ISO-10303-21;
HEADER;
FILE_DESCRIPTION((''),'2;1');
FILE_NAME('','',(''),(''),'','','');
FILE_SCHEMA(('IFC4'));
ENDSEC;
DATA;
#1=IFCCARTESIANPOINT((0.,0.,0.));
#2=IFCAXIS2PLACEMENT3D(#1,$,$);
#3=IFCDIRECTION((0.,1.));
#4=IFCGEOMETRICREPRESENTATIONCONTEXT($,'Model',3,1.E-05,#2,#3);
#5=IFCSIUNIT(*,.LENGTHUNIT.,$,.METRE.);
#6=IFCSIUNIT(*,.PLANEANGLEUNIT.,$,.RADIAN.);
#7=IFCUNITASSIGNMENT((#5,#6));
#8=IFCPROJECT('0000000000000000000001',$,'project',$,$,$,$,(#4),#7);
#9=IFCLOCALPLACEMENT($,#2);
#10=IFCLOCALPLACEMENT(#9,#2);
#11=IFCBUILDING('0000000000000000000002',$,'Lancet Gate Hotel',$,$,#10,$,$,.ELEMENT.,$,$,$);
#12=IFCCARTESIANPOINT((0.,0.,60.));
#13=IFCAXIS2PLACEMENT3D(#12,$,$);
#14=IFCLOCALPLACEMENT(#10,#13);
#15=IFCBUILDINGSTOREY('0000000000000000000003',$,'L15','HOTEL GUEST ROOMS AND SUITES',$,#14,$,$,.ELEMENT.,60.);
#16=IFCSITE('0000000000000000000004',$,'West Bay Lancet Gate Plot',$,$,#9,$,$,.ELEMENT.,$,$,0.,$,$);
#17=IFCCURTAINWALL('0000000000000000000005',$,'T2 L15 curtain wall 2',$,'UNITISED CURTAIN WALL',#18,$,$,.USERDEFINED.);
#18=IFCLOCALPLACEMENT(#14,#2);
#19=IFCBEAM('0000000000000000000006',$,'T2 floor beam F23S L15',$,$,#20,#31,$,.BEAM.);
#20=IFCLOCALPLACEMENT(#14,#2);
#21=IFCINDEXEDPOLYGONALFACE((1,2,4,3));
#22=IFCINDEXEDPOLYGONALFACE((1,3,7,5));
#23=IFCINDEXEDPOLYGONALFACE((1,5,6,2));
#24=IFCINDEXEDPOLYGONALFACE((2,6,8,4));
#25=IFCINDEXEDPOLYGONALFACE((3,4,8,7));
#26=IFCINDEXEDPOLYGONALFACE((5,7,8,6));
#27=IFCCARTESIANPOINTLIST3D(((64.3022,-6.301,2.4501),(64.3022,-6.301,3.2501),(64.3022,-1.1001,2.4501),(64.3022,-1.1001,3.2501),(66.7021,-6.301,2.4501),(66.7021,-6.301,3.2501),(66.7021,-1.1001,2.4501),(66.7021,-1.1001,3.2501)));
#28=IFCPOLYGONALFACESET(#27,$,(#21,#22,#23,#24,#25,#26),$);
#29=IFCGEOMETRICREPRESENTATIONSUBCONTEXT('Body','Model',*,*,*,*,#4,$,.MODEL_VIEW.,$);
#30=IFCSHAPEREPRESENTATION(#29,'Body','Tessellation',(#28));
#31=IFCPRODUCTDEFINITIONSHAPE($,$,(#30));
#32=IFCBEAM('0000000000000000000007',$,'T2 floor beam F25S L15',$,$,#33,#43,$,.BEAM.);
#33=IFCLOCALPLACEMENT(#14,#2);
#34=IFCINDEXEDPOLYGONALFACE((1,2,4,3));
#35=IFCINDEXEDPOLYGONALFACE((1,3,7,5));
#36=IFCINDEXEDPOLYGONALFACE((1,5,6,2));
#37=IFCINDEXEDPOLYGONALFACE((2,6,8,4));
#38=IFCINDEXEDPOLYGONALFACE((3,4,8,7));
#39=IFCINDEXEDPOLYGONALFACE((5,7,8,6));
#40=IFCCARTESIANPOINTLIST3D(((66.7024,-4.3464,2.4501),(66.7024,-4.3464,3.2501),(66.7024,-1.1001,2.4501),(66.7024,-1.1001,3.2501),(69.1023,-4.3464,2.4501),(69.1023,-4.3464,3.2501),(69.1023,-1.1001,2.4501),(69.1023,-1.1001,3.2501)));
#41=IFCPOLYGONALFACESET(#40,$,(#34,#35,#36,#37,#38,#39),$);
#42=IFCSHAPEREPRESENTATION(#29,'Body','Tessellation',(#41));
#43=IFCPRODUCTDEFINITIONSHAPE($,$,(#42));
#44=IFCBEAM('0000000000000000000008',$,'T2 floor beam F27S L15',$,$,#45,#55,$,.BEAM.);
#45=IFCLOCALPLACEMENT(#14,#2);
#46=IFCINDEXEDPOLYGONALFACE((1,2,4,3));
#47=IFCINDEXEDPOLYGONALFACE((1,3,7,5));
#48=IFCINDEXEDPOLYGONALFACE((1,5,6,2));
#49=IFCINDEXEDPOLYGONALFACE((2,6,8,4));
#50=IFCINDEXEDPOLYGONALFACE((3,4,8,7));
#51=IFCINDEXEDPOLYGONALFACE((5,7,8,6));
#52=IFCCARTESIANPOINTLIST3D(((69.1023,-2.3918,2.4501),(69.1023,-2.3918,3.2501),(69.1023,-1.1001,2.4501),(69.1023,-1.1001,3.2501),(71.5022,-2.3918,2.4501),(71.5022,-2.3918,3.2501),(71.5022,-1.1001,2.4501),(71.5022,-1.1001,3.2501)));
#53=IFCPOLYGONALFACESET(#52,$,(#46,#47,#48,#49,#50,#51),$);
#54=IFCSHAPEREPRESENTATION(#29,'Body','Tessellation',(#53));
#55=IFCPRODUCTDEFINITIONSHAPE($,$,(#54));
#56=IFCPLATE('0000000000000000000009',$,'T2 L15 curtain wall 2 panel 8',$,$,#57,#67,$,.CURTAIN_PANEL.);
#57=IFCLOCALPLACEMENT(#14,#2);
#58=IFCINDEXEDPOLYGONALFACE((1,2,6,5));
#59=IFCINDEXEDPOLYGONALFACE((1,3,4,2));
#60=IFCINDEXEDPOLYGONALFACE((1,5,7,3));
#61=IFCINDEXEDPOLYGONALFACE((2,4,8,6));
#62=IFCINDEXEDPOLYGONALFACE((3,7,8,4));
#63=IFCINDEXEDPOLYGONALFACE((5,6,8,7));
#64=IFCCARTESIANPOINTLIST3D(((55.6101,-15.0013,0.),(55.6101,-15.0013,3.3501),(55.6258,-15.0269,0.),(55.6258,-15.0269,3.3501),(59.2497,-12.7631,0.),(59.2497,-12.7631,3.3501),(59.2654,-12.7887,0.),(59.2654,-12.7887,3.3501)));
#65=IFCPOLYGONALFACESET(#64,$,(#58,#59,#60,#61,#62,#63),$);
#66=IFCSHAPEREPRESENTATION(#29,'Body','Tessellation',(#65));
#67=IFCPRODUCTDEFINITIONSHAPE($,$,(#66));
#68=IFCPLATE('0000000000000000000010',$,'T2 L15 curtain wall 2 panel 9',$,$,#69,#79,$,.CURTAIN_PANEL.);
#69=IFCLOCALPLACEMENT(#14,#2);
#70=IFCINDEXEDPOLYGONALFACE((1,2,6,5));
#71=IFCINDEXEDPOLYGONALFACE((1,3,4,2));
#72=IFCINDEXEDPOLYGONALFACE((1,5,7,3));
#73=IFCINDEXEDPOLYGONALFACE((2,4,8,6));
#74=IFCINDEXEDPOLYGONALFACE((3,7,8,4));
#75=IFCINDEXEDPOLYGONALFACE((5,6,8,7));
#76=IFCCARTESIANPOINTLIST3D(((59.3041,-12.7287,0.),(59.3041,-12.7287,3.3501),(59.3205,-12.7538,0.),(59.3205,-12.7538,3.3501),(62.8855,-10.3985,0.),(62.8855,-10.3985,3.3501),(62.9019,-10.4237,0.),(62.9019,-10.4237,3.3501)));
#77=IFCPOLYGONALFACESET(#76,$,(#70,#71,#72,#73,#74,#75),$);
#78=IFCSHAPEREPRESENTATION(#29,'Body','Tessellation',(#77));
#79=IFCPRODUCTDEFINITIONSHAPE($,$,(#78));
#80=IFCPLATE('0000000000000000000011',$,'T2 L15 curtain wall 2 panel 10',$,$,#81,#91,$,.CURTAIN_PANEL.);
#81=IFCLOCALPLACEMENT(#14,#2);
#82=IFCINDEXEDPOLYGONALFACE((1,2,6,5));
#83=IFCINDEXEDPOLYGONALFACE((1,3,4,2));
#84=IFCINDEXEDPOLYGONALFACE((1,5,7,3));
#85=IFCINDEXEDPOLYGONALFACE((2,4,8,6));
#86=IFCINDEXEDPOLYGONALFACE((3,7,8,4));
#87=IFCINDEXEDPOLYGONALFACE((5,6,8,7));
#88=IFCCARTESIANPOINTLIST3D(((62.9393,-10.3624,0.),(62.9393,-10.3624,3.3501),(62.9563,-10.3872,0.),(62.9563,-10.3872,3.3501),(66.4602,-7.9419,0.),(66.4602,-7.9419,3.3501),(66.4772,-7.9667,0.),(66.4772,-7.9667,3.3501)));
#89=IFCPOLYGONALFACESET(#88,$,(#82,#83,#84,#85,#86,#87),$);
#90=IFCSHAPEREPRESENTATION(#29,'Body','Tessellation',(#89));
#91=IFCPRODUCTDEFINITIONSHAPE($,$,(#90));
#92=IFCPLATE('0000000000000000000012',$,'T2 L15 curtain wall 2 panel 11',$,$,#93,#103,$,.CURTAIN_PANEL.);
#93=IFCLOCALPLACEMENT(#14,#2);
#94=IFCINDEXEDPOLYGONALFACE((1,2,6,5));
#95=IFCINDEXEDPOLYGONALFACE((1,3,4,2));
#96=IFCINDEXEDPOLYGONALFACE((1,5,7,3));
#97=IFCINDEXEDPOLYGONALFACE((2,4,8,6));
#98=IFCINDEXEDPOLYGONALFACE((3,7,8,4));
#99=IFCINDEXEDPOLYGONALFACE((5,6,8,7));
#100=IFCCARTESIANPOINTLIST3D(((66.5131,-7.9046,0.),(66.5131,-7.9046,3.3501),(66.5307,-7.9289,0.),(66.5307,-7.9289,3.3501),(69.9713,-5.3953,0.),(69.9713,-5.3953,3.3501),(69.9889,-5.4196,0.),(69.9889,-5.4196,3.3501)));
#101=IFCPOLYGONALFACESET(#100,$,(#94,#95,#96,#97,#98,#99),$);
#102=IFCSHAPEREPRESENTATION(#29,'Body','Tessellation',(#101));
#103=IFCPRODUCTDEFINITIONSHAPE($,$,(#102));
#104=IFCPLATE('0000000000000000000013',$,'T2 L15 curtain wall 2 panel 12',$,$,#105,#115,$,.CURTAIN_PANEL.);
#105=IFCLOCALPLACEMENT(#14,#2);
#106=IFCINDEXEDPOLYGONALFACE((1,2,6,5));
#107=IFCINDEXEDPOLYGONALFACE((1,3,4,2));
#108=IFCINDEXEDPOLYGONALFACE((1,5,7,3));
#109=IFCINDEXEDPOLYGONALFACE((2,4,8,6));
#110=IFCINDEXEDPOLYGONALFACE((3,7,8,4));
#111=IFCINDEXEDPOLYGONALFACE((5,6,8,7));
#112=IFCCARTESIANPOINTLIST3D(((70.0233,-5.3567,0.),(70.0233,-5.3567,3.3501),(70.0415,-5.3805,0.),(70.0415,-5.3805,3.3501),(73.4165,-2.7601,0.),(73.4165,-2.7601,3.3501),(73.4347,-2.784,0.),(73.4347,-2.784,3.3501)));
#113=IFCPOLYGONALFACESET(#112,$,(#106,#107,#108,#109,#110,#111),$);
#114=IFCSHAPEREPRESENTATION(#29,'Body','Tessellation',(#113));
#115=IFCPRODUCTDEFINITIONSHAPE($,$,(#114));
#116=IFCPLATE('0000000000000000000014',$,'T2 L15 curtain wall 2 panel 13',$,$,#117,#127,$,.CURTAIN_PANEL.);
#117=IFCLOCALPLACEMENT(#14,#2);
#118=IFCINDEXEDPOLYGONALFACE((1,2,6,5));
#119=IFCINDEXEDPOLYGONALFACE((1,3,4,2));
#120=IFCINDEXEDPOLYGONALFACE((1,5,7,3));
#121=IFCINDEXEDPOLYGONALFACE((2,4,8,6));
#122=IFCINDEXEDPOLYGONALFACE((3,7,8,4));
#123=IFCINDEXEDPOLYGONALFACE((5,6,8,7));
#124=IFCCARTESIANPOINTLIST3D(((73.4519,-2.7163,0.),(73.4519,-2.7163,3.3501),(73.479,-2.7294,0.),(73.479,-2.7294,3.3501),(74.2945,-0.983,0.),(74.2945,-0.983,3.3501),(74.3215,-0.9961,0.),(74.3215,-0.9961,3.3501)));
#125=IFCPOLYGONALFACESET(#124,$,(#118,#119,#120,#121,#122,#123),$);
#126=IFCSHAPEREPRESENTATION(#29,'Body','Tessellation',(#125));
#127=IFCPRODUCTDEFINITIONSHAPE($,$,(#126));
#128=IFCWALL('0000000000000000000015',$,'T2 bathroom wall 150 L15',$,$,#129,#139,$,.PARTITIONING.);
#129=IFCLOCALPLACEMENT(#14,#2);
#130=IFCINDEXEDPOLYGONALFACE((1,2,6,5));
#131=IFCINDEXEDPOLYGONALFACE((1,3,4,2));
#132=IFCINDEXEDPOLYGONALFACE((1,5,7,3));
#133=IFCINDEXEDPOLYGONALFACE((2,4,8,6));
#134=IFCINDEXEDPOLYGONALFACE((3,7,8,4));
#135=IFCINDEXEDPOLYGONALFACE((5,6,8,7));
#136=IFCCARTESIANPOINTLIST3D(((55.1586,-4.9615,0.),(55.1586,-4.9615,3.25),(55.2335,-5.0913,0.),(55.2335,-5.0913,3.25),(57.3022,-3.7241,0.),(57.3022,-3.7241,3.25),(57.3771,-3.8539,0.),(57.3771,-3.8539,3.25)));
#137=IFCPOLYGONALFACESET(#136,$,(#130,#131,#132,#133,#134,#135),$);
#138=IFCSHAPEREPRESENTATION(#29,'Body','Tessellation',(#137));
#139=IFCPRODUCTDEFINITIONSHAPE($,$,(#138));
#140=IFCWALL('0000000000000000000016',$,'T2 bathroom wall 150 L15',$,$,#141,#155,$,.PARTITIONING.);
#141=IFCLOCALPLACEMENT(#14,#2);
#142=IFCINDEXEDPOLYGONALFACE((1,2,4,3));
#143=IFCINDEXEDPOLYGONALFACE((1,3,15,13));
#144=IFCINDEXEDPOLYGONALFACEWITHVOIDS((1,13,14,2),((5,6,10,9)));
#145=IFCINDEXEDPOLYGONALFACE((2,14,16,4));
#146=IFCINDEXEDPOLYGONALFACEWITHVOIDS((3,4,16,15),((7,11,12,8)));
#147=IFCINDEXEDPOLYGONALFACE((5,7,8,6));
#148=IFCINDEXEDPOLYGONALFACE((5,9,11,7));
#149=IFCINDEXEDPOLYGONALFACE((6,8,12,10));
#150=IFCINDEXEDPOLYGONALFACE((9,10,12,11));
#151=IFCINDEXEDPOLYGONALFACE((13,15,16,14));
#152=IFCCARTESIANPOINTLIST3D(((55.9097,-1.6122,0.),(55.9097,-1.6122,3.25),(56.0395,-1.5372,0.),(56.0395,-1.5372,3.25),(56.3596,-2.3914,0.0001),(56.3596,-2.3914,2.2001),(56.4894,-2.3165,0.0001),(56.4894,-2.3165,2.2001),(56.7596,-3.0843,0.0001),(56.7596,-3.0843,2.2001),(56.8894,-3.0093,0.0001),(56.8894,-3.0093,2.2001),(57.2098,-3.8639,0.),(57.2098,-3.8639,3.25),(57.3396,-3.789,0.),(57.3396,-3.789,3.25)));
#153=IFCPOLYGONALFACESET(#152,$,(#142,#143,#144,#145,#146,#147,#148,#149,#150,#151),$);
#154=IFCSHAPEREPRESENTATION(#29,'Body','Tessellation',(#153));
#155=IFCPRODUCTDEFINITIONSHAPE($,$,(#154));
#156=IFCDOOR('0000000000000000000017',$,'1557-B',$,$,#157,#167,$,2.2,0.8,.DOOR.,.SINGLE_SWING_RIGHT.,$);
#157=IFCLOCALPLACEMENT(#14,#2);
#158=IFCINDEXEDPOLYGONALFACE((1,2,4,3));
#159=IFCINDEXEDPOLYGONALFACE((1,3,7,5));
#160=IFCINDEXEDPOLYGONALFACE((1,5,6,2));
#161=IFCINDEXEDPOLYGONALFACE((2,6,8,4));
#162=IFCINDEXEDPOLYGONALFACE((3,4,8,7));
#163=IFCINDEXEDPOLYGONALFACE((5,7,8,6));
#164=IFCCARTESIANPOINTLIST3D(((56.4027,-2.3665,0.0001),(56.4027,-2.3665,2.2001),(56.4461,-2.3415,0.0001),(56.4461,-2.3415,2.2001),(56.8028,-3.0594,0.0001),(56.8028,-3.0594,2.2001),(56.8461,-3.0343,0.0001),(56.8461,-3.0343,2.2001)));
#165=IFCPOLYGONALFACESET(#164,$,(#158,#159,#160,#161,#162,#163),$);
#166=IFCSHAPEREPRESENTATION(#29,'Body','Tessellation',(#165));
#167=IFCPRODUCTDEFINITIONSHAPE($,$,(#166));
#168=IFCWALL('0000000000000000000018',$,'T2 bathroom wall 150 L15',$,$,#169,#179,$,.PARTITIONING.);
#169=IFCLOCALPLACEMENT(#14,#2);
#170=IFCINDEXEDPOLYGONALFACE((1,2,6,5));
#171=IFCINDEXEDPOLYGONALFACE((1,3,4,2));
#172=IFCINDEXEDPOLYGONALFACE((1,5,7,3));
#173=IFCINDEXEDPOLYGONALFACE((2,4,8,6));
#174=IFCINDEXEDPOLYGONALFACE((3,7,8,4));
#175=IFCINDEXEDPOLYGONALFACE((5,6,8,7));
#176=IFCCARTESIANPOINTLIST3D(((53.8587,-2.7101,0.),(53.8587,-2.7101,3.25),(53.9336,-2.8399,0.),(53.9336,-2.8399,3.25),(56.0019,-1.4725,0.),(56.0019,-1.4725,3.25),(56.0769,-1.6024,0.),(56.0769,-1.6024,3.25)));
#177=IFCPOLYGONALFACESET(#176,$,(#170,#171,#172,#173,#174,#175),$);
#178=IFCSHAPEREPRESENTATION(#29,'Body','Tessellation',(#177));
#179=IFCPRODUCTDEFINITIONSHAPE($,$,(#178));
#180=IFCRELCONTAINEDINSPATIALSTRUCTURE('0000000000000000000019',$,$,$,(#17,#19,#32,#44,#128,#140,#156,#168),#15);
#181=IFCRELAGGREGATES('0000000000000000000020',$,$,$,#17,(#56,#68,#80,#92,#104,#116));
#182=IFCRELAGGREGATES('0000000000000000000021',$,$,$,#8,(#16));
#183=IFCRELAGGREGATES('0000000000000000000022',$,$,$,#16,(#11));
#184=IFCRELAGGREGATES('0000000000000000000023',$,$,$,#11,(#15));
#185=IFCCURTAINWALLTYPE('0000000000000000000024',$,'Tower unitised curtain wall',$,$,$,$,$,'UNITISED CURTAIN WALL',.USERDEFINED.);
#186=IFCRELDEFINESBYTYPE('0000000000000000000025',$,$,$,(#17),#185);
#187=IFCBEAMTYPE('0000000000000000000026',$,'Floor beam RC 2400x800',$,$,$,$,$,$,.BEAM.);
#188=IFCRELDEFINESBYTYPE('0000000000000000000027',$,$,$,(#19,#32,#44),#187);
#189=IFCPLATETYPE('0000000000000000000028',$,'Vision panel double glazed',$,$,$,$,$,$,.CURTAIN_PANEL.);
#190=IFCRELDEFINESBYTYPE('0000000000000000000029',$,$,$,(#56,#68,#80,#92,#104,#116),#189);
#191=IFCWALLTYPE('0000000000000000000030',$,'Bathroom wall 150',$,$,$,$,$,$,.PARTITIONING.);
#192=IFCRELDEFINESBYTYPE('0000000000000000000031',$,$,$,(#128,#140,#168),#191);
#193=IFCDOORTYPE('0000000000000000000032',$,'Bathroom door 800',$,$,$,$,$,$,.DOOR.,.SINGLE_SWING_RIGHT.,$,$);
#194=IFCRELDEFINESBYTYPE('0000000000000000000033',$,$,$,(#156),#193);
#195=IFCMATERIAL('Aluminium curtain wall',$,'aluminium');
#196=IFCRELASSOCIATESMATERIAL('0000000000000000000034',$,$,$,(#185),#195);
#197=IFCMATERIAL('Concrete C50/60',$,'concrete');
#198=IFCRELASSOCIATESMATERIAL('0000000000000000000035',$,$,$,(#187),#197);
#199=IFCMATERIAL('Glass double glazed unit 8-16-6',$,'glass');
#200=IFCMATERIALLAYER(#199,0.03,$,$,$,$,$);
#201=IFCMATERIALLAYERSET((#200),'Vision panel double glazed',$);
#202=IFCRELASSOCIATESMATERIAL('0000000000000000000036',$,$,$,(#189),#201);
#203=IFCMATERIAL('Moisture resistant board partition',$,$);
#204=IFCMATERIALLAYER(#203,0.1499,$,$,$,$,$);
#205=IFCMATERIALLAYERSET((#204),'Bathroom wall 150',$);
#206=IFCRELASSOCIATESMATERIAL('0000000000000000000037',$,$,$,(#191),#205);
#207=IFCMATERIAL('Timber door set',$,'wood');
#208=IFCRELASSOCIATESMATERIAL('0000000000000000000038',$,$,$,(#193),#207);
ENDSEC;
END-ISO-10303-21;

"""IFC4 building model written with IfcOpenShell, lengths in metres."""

from ifc_helpers import new_model, si_unit, direction, frame, frame_2d, origin, origin_2d, place, context, subcontext, project, spatial, rectangle, extrude, material, layer, layer_set, material_profile, profile_set, type_object, element, fill, aggregate, save


model = new_model("IFC4")

# Units and contexts
model_context = context("Model", 3, precision=1e-05, world=origin(), true_north=direction((0.0, 1.0)))
body_context = subcontext(model_context, "Body", "Model", "MODEL_VIEW")
ifc_project = project(units=[si_unit("LENGTHUNIT", "METRE"), si_unit("PLANEANGLEUNIT", "RADIAN")], contexts=[model_context])

# Site, building, storey
site_placement = place(None, origin())
site = spatial("IfcSite", under=ifc_project, at=site_placement, Name="West Bay Lancet Gate Plot", CompositionType="ELEMENT", RefElevation=0.0)
building_placement = place(site_placement, origin())
building = spatial("IfcBuilding", under=site, at=building_placement, Name="Lancet Gate Hotel", CompositionType="ELEMENT")
storey_placement = place(building_placement, frame((0.0, 0.0, 60.0)))
storey = spatial("IfcBuildingStorey", under=building, at=storey_placement, Name="L15", Description="HOTEL GUEST ROOMS AND SUITES", CompositionType="ELEMENT", Elevation=60.0)

# Curtain wall
ifc_material_1 = material(Name="Aluminium curtain wall", Category="aluminium")
curtain_wall_type = type_object("IfcCurtainWallType", Name="Tower unitised curtain wall", ElementType="UNITISED CURTAIN WALL", PredefinedType="USERDEFINED", material=ifc_material_1)
curtain_wall_placement = place(storey_placement, origin())
curtain_wall = element("IfcCurtainWall", 1, at=curtain_wall_placement, inside=storey, type_object=curtain_wall_type, Name="T2 L15 curtain wall 2", ObjectType="UNITISED CURTAIN WALL", PredefinedType="USERDEFINED")

# Beams
ifc_material_2 = material(Name="Concrete C50/60", Category="concrete")
ifc_material_profile_1 = material_profile(ifc_material_2, rectangle(XDim=2.3999, YDim=0.8, at=origin_2d()), Name="RC 2400x800")
ifc_profile_set_1 = profile_set([ifc_material_profile_1], Name="Concrete C50/60")
beam_type_1 = type_object("IfcBeamType", Name="Floor beam RC 2400x800", PredefinedType="BEAM", material=ifc_profile_set_1)
beam_1_placement = place(storey_placement, frame((65.5022, -6.301, 2.8501), z_axis=(0.0, 1.0, 0.0), x_axis=(-1.0, 0.0, 0.0)))
element("IfcBeam", 2, at=beam_1_placement, inside=storey, type_object=beam_type_1, Name="T2 floor beam F23S L15", PredefinedType="BEAM", context=body_context, shape_type="SweptSolid", body=[
    extrude(rectangle(XDim=2.3999, YDim=0.8, at=origin_2d()), origin(), (0.0, 0.0, 1.0), 5.2009),
])
beam_2_placement = place(storey_placement, frame((67.9023, -4.3464, 2.8501), z_axis=(0.0, 1.0, 0.0), x_axis=(-1.0, 0.0, 0.0)))
element("IfcBeam", 3, at=beam_2_placement, inside=storey, type_object=beam_type_1, Name="T2 floor beam F25S L15", PredefinedType="BEAM", context=body_context, shape_type="SweptSolid", body=[
    extrude(rectangle(XDim=2.3999, YDim=0.8, at=origin_2d()), origin(), (0.0, 0.0, 1.0), 3.2463),
])
beam_3_placement = place(storey_placement, frame((70.3022, -2.3918, 2.8501), z_axis=(0.0, 1.0, 0.0), x_axis=(-1.0, 0.0, 0.0)))
element("IfcBeam", 4, at=beam_3_placement, inside=storey, type_object=beam_type_1, Name="T2 floor beam F27S L15", PredefinedType="BEAM", context=body_context, shape_type="SweptSolid", body=[
    extrude(rectangle(XDim=2.3999, YDim=0.8, at=origin_2d()), origin(), (0.0, 0.0, 1.0), 1.2917),
])

# Plates
ifc_material_3 = material(Name="Glass double glazed unit 8-16-6", Category="glass")
ifc_layer_1 = layer(ifc_material_3, 0.03)
ifc_layer_set_1 = layer_set([ifc_layer_1], Name="Vision panel double glazed")
plate_type = type_object("IfcPlateType", Name="Vision panel double glazed", PredefinedType="CURTAIN_PANEL", material=ifc_layer_set_1)
plate_1_placement = place(storey_placement, frame((57.4377, -13.895, 0.0), z_axis=(0.0, 0.0, 1.0), x_axis=(0.851815, 0.523842, 0.0)))
plate_1 = element("IfcPlate", 5, at=plate_1_placement, type_object=plate_type, Name="T2 L15 curtain wall 2 panel 8", PredefinedType="CURTAIN_PANEL", context=body_context, shape_type="SweptSolid", body=[
    extrude(rectangle(XDim=4.2727, YDim=0.03, at=origin_2d()), origin(), (0.0, 0.0, 1.0), 3.3501),
])
plate_2_placement = place(storey_placement, frame((61.103, -11.5762, 0.0), z_axis=(0.0, 0.0, 1.0), x_axis=(0.838207, 0.545353, 0.0)))
plate_2 = element("IfcPlate", 6, at=plate_2_placement, type_object=plate_type, Name="T2 L15 curtain wall 2 panel 9", PredefinedType="CURTAIN_PANEL", context=body_context, shape_type="SweptSolid", body=[
    extrude(rectangle(XDim=4.2727, YDim=0.03, at=origin_2d()), origin(), (0.0, 0.0, 1.0), 3.3501),
])
plate_3_placement = place(storey_placement, frame((64.7083, -9.1646, 0.0), z_axis=(0.0, 0.0, 1.0), x_axis=(0.824055, 0.566509, 0.0)))
plate_3 = element("IfcPlate", 7, at=plate_3_placement, type_object=plate_type, Name="T2 L15 curtain wall 2 panel 10", PredefinedType="CURTAIN_PANEL", context=body_context, shape_type="SweptSolid", body=[
    extrude(rectangle(XDim=4.2727, YDim=0.03, at=origin_2d()), origin(), (0.0, 0.0, 1.0), 3.3501),
])
plate_4_placement = place(storey_placement, frame((68.251, -6.6621, 0.0), z_axis=(0.0, 0.0, 1.0), x_axis=(0.80937, 0.587299, 0.0)))
plate_4 = element("IfcPlate", 8, at=plate_4_placement, type_object=plate_type, Name="T2 L15 curtain wall 2 panel 11", PredefinedType="CURTAIN_PANEL", context=body_context, shape_type="SweptSolid", body=[
    extrude(rectangle(XDim=4.2727, YDim=0.03, at=origin_2d()), origin(), (0.0, 0.0, 1.0), 3.3501),
])
plate_5_placement = place(storey_placement, frame((71.729, -4.0703, 0.0), z_axis=(0.0, 0.0, 1.0), x_axis=(0.79416, 0.607709, 0.0)))
plate_5 = element("IfcPlate", 9, at=plate_5_placement, type_object=plate_type, Name="T2 L15 curtain wall 2 panel 12", PredefinedType="CURTAIN_PANEL", context=body_context, shape_type="SweptSolid", body=[
    extrude(rectangle(XDim=4.2727, YDim=0.03, at=origin_2d()), origin(), (0.0, 0.0, 1.0), 3.3501),
])
plate_6_placement = place(storey_placement, frame((73.8867, -1.8562, 0.0), z_axis=(0.0, 0.0, 1.0), x_axis=(0.437169, 0.899379, 0.0)))
plate_6 = element("IfcPlate", 10, at=plate_6_placement, type_object=plate_type, Name="T2 L15 curtain wall 2 panel 13", PredefinedType="CURTAIN_PANEL", context=body_context, shape_type="SweptSolid", body=[
    extrude(rectangle(XDim=1.9272, YDim=0.03, at=origin_2d()), origin(), (0.0, 0.0, 1.0), 3.3501),
])
aggregate(curtain_wall, [plate_1, plate_2, plate_3, plate_4, plate_5, plate_6])

# Wall
ifc_material_4 = material(Name="Moisture resistant board partition")
ifc_layer_2 = layer(ifc_material_4, 0.1499)
ifc_layer_set_2 = layer_set([ifc_layer_2], Name="Bathroom wall 150")
wall_type = type_object("IfcWallType", Name="Bathroom wall 150", PredefinedType="PARTITIONING", material=ifc_layer_set_2)
wall_1_placement = place(storey_placement, frame((55.196, -5.0264, 0.0), z_axis=(0.0, 0.0, 1.0), x_axis=(0.866074, 0.499916, 0.0)))
element("IfcWall", 11, at=wall_1_placement, inside=storey, type_object=wall_type, Name="T2 bathroom wall 150 L15", PredefinedType="PARTITIONING", context=body_context, shape_type="SweptSolid", body=[
    extrude(rectangle(XDim=2.4751, YDim=0.1499, at=frame_2d((1.2375, 0.0))), origin(), (0.0, 0.0, 1.0), 3.25),
])

# Wall, opening, door
wall_2_placement = place(storey_placement, frame((55.9746, -1.5747, 0.0), z_axis=(0.0, 0.0, 1.0), x_axis=(0.500007, -0.866021, 0.0)))
wall_2 = element("IfcWall", 12, at=wall_2_placement, inside=storey, type_object=wall_type, Name="T2 bathroom wall 150 L15", PredefinedType="PARTITIONING", context=body_context, shape_type="SweptSolid", body=[
    extrude(rectangle(XDim=2.6001, YDim=0.1499, at=frame_2d((1.3, 0.0))), origin(), (0.0, 0.0, 1.0), 3.25),
])
opening_placement = place(wall_2_placement, frame((0.8999, 0.0, 0.0)))
opening = element("IfcOpeningElement", 13, at=opening_placement, cuts=wall_2, PredefinedType="OPENING", context=body_context, shape_type="SweptSolid", body=[
    extrude(rectangle(XDim=0.8, YDim=2.2, at=frame_2d((0.3999, 1.1001))), frame((0.0, 0.085, 0.0), z_axis=(0.0, -1.0, 0.0), x_axis=(1.0, 0.0, 0.0)), (0.0, 0.0, 1.0), 0.1699),
])
ifc_material_5 = material(Name="Timber door set", Category="wood")
door_type = type_object("IfcDoorType", Name="Bathroom door 800", OperationType="SINGLE_SWING_RIGHT", PredefinedType="DOOR", material=ifc_material_5)
door_placement = place(opening_placement, origin())
door = element("IfcDoor", 14, at=door_placement, inside=storey, type_object=door_type, Name="1557-B", OperationType="SINGLE_SWING_RIGHT", OverallHeight=2.2, OverallWidth=0.8, PredefinedType="DOOR", context=body_context, shape_type="SweptSolid", body=[
    extrude(rectangle(XDim=0.8, YDim=2.2, at=frame_2d((0.3999, 1.1001))), frame((0.0, 0.0249, 0.0), z_axis=(0.0, -1.0, 0.0), x_axis=(1.0, 0.0, 0.0)), (0.0, 0.0, 1.0), 0.05),
])
fill(opening, door)

# Wall
wall_3_placement = place(storey_placement, frame((53.8962, -2.7749, 0.0), z_axis=(0.0, 0.0, 1.0), x_axis=(0.866007, 0.500033, 0.0)))
element("IfcWall", 15, at=wall_3_placement, inside=storey, type_object=wall_type, Name="T2 bathroom wall 150 L15", PredefinedType="PARTITIONING", context=body_context, shape_type="SweptSolid", body=[
    extrude(rectangle(XDim=2.4749, YDim=0.1499, at=frame_2d((1.2373, 0.0))), origin(), (0.0, 0.0, 1.0), 3.25),
])

save(model, "model.ifc")
